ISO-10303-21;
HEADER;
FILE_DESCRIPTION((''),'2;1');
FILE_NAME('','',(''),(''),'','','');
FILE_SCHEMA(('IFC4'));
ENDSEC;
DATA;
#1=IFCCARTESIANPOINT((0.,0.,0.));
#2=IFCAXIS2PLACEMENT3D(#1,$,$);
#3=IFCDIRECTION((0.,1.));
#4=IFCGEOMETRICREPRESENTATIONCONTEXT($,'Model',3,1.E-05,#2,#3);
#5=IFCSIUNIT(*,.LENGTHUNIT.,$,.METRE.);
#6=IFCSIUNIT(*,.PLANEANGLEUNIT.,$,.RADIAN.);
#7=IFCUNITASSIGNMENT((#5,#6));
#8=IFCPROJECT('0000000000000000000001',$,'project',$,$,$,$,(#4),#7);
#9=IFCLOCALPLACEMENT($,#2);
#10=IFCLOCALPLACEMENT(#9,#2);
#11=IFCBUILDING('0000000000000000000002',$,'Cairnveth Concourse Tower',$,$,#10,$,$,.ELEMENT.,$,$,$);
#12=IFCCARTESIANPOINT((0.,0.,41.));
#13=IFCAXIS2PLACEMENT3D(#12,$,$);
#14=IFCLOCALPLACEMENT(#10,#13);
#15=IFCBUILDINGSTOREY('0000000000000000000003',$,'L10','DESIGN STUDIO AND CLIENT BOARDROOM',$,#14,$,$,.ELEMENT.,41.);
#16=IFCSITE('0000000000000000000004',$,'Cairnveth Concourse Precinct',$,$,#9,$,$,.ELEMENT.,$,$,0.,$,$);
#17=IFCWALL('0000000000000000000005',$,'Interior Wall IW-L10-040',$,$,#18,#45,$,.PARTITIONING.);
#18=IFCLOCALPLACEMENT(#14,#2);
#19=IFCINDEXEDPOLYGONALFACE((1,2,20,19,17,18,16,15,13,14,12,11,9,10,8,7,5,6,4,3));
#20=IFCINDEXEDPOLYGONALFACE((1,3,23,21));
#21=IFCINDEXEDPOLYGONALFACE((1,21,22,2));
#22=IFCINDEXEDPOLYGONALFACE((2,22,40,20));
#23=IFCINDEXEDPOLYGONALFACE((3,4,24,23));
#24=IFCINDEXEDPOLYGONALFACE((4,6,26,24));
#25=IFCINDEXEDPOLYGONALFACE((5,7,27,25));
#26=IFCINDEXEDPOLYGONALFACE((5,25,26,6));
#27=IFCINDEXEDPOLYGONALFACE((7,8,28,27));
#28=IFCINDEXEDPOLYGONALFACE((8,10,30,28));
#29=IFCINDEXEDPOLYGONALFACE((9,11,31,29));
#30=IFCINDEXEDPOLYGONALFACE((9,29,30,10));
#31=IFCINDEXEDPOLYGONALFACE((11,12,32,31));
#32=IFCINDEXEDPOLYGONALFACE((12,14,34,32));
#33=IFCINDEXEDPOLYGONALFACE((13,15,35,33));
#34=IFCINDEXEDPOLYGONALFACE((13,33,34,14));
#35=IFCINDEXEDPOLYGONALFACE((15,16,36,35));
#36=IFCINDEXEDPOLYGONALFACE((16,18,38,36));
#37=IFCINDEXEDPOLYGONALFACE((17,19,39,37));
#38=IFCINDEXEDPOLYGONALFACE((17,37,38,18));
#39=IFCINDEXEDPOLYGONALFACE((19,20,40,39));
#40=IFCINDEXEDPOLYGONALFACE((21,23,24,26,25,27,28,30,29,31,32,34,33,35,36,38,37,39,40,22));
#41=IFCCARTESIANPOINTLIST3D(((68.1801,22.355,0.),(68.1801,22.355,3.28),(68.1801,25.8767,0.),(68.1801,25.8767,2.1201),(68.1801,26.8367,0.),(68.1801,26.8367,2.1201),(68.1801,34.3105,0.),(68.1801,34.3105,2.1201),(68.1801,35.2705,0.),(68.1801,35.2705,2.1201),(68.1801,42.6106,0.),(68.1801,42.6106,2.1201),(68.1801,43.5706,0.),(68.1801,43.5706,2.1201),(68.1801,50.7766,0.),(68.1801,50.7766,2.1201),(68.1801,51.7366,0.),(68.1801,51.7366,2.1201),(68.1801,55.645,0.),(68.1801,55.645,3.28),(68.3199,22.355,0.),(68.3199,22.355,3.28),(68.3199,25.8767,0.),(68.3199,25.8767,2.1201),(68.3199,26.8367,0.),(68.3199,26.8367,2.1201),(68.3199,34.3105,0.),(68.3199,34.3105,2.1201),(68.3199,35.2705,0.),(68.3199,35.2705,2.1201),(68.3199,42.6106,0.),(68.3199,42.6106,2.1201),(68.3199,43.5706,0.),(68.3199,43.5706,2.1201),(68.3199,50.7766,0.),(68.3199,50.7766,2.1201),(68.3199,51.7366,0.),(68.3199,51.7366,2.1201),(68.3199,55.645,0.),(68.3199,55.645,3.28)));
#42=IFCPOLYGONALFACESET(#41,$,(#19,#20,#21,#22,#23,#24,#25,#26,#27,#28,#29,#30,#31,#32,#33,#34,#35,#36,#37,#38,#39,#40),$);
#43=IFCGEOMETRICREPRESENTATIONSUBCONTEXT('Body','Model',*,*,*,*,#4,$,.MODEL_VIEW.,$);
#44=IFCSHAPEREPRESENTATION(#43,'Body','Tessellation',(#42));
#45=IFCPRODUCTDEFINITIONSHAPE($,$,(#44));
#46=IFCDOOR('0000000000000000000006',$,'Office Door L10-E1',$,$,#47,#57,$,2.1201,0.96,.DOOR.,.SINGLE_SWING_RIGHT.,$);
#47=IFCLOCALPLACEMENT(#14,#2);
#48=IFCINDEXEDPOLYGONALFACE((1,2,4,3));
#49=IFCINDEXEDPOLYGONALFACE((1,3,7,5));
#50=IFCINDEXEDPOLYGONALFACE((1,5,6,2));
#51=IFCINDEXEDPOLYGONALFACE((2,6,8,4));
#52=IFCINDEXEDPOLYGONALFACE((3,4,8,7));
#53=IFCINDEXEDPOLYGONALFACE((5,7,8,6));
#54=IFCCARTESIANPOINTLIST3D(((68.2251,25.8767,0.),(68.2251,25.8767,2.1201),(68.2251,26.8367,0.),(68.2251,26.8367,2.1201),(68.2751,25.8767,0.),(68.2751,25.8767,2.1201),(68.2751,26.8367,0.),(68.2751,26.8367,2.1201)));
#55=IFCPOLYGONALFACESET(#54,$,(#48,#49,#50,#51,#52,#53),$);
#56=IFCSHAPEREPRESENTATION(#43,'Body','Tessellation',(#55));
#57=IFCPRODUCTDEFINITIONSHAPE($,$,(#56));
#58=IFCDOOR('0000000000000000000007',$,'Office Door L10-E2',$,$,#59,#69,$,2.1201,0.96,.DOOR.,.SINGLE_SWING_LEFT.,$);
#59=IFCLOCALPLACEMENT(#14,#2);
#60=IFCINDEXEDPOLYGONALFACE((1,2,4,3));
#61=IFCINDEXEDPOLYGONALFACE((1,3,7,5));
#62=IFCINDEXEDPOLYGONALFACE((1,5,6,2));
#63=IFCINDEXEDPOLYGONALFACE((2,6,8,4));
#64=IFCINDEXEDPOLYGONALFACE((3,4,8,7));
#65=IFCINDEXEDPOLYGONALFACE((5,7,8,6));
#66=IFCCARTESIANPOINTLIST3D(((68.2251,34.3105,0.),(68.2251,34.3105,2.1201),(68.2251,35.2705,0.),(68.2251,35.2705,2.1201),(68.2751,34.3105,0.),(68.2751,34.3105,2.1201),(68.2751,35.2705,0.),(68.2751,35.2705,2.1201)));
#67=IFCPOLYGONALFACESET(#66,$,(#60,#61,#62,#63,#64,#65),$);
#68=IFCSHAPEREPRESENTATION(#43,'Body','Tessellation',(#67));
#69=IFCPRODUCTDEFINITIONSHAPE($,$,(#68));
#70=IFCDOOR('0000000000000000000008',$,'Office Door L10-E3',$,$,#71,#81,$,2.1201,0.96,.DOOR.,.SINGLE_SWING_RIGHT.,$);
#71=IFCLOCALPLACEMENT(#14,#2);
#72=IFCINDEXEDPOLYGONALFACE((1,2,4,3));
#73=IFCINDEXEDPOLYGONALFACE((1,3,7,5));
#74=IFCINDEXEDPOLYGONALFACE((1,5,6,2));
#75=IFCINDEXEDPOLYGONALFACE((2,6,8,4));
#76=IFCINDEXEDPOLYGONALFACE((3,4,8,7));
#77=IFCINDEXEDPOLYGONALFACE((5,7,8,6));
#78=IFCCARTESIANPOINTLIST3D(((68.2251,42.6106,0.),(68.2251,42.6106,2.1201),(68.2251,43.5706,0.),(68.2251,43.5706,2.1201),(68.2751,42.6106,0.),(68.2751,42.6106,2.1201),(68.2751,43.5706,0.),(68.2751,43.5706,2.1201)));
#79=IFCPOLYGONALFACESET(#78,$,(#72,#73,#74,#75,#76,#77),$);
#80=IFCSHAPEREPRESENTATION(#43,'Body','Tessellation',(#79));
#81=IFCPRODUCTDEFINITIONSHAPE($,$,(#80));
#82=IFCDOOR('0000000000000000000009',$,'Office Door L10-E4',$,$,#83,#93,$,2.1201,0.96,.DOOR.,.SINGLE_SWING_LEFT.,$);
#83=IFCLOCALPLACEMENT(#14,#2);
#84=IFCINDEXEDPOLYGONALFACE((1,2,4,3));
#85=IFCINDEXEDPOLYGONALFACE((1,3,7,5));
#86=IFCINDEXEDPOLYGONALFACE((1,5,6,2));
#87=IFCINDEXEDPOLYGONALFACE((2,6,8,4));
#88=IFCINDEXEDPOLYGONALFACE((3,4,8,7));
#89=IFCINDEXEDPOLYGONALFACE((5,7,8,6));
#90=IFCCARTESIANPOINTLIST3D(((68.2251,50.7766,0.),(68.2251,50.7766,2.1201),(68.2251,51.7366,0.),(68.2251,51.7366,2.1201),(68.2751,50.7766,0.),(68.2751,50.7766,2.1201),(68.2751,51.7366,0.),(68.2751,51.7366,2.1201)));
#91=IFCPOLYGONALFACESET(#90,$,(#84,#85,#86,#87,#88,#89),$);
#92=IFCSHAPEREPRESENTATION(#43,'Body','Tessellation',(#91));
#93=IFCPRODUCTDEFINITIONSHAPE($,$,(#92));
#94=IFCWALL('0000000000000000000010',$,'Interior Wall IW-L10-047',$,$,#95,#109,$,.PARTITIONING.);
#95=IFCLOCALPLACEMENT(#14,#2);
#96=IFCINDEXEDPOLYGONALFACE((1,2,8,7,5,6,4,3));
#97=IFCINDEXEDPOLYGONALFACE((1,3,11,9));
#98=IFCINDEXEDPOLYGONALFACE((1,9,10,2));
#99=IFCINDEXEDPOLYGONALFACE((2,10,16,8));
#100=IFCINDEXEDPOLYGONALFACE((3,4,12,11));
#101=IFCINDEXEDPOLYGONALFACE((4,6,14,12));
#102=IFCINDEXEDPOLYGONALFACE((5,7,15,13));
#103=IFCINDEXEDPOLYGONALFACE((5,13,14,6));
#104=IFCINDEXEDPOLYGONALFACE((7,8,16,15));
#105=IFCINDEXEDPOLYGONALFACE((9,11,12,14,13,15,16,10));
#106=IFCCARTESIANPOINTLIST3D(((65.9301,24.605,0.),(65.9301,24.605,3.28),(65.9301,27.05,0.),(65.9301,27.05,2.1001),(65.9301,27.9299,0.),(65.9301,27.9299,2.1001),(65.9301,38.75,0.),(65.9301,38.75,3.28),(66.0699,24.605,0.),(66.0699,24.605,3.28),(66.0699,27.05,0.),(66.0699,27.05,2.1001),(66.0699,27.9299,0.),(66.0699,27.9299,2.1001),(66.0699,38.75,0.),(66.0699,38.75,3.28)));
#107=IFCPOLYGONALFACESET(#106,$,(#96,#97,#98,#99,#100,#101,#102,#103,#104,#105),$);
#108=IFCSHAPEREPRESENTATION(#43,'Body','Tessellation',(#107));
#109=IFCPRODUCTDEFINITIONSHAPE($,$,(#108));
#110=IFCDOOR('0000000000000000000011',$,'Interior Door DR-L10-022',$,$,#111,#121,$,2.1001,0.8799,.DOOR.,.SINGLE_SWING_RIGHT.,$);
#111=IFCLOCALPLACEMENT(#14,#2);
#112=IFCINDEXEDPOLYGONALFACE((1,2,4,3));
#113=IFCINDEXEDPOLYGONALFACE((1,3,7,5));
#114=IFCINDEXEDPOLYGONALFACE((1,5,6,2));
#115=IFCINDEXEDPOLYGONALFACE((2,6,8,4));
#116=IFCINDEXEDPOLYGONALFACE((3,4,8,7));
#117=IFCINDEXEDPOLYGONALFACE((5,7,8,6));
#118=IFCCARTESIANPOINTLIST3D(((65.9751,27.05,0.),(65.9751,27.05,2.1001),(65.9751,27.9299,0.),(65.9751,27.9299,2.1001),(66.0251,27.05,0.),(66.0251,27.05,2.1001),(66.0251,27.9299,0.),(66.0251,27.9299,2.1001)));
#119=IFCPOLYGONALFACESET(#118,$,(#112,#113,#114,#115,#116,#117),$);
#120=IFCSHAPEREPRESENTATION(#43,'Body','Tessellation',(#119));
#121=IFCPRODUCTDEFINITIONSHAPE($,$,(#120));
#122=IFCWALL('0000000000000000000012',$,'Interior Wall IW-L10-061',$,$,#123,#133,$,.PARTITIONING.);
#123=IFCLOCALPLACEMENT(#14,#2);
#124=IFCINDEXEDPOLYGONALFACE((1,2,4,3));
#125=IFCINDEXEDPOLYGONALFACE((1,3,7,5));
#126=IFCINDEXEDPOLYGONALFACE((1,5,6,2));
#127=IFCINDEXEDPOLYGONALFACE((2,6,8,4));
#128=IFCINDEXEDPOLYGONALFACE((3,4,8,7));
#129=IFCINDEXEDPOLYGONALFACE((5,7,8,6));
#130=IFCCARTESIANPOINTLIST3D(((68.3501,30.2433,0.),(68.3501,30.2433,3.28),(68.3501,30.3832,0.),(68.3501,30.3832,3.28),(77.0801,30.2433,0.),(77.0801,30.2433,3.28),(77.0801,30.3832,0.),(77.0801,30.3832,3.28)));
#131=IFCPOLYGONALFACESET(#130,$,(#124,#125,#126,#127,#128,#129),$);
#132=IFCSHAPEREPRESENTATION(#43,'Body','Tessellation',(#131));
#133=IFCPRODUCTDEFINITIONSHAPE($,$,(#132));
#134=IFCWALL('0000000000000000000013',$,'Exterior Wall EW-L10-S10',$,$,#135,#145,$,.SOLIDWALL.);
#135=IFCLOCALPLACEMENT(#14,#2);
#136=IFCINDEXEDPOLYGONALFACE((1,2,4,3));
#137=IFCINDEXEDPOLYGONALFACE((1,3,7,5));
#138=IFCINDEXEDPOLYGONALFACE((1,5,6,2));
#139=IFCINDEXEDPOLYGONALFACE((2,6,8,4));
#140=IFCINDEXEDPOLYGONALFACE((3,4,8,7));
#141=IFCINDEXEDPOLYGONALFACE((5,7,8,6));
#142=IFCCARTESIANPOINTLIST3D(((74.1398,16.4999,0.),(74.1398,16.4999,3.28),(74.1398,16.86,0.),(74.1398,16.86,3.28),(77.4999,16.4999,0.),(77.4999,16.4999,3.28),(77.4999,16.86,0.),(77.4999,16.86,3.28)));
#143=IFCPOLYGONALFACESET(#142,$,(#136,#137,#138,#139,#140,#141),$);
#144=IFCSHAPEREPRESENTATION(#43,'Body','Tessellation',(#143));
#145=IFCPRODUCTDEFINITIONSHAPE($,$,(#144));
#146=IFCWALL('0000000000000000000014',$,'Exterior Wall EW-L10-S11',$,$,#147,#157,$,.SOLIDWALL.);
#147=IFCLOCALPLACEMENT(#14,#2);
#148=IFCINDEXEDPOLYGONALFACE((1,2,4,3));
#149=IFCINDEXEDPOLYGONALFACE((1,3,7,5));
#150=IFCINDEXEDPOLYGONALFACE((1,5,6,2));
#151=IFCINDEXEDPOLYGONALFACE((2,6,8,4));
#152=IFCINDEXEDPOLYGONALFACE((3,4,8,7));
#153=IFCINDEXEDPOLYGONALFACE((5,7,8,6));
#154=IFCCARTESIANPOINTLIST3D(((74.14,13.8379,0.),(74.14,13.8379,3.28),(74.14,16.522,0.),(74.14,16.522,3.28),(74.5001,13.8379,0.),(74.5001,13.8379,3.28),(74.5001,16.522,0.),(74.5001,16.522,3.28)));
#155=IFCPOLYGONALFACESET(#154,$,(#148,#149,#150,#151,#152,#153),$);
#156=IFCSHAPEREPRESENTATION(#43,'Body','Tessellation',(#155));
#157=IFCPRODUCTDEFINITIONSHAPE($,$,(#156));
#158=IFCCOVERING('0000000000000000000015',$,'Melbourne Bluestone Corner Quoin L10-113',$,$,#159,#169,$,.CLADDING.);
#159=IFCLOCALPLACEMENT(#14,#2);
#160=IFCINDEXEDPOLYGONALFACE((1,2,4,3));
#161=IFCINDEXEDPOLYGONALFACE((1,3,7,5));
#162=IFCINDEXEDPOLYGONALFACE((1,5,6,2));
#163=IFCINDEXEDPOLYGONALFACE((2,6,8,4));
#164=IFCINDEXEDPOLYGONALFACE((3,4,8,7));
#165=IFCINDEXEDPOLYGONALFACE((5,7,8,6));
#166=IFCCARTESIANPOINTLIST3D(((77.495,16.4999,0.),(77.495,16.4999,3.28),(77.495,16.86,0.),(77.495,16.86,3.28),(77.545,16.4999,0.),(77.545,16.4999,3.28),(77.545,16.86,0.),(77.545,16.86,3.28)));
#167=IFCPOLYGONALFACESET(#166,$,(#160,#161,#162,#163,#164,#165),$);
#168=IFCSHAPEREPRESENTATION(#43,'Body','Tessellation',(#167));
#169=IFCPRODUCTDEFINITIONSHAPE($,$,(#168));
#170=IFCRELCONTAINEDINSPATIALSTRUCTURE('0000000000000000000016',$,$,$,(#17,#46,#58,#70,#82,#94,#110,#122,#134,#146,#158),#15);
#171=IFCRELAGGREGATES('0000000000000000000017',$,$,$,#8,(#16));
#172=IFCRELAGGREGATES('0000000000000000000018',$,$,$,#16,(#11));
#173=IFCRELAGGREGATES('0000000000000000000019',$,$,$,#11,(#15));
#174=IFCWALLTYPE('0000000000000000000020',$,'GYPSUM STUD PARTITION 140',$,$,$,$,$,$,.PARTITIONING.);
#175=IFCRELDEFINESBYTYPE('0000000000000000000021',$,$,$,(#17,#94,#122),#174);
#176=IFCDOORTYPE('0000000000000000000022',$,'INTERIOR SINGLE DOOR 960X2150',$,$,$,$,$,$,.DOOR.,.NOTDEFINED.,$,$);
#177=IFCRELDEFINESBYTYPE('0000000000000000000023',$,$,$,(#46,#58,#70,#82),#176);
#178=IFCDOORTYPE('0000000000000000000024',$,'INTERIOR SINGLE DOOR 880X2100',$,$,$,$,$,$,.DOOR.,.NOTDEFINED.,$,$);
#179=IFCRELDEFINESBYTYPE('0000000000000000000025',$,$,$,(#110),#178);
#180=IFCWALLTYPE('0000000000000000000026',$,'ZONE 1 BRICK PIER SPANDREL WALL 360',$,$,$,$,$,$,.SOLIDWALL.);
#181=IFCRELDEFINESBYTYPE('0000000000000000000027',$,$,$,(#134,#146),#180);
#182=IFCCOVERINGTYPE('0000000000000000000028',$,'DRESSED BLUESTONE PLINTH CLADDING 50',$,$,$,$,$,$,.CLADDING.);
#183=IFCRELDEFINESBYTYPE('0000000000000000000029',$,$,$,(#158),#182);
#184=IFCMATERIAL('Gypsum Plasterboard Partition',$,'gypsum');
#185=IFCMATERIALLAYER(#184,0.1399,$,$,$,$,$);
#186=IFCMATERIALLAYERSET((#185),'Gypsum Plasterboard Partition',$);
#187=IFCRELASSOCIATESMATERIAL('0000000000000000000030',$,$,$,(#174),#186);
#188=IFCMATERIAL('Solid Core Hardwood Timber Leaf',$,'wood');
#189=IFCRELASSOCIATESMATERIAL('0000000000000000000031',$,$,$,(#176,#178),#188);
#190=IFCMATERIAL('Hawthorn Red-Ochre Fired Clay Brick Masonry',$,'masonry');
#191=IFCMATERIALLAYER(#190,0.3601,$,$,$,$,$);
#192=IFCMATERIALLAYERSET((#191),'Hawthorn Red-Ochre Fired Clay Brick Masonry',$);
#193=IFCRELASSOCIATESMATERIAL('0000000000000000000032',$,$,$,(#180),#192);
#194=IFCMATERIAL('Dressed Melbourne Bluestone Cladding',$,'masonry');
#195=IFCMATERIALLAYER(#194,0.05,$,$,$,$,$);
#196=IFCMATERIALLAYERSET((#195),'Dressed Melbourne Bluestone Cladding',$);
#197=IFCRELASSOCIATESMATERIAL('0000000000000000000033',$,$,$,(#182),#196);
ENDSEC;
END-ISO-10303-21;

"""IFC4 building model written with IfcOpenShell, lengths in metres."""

from ifc_helpers import new_model, si_unit, direction, frame, frame_2d, origin, place, context, subcontext, project, spatial, rectangle, extrude, material, layer, layer_set, type_object, element, fill, save


model = new_model("IFC4")

# Units and contexts
model_context = context("Model", 3, precision=1e-05, world=origin(), true_north=direction((0.0, 1.0)))
body_context = subcontext(model_context, "Body", "Model", "MODEL_VIEW")
ifc_project = project(units=[si_unit("LENGTHUNIT", "METRE"), si_unit("PLANEANGLEUNIT", "RADIAN")], contexts=[model_context])

# Site, building, storey
site_placement = place(None, origin())
site = spatial("IfcSite", under=ifc_project, at=site_placement, Name="Cairnveth Concourse Precinct", CompositionType="ELEMENT", RefElevation=0.0)
building_placement = place(site_placement, origin())
building = spatial("IfcBuilding", under=site, at=building_placement, Name="Cairnveth Concourse Tower", CompositionType="ELEMENT")
storey_placement = place(building_placement, frame((0.0, 0.0, 41.0)))
storey = spatial("IfcBuildingStorey", under=building, at=storey_placement, Name="L10", Description="DESIGN STUDIO AND CLIENT BOARDROOM", CompositionType="ELEMENT", Elevation=41.0)

# Wall, openings, doors
ifc_material_1 = material(Name="Gypsum Plasterboard Partition", Category="gypsum")
ifc_layer_1 = layer(ifc_material_1, 0.1399)
ifc_layer_set_1 = layer_set([ifc_layer_1], Name="Gypsum Plasterboard Partition")
wall_type_1 = type_object("IfcWallType", Name="GYPSUM STUD PARTITION 140", PredefinedType="PARTITIONING", material=ifc_layer_set_1)
wall_1_placement = place(storey_placement, frame((68.25, 22.355, 0.0), z_axis=(0.0, 0.0, 1.0), x_axis=(0.0, 1.0, 0.0)))
wall_1 = element("IfcWall", 1, at=wall_1_placement, inside=storey, type_object=wall_type_1, Name="Interior Wall IW-L10-040", PredefinedType="PARTITIONING", context=body_context, shape_type="SweptSolid", body=[
    extrude(rectangle(XDim=33.29, YDim=0.1399, at=frame_2d((16.645, 0.0))), origin(), (0.0, 0.0, 1.0), 3.28),
])
opening_1_placement = place(wall_1_placement, frame((3.5217, 0.0, 0.0)))
opening_1 = element("IfcOpeningElement", 2, at=opening_1_placement, cuts=wall_1, PredefinedType="OPENING", context=body_context, shape_type="SweptSolid", body=[
    extrude(rectangle(XDim=0.96, YDim=2.1201, at=frame_2d((0.48, 1.0601))), frame((0.0, 0.0798, 0.0), z_axis=(0.0, -1.0, 0.0), x_axis=(1.0, 0.0, 0.0)), (0.0, 0.0, 1.0), 0.1599),
])
opening_2_placement = place(wall_1_placement, frame((11.9556, 0.0, 0.0)))
opening_2 = element("IfcOpeningElement", 3, at=opening_2_placement, cuts=wall_1, PredefinedType="OPENING", context=body_context, shape_type="SweptSolid", body=[
    extrude(rectangle(XDim=0.96, YDim=2.1201, at=frame_2d((0.48, 1.0601))), frame((0.0, 0.0798, 0.0), z_axis=(0.0, -1.0, 0.0), x_axis=(1.0, 0.0, 0.0)), (0.0, 0.0, 1.0), 0.1599),
])
opening_3_placement = place(wall_1_placement, frame((20.2556, 0.0, 0.0)))
opening_3 = element("IfcOpeningElement", 4, at=opening_3_placement, cuts=wall_1, PredefinedType="OPENING", context=body_context, shape_type="SweptSolid", body=[
    extrude(rectangle(XDim=0.96, YDim=2.1201, at=frame_2d((0.48, 1.0601))), frame((0.0, 0.0798, 0.0), z_axis=(0.0, -1.0, 0.0), x_axis=(1.0, 0.0, 0.0)), (0.0, 0.0, 1.0), 0.1599),
])
opening_4_placement = place(wall_1_placement, frame((28.4216, 0.0, 0.0)))
opening_4 = element("IfcOpeningElement", 5, at=opening_4_placement, cuts=wall_1, PredefinedType="OPENING", context=body_context, shape_type="SweptSolid", body=[
    extrude(rectangle(XDim=0.96, YDim=2.1201, at=frame_2d((0.48, 1.0601))), frame((0.0, 0.0798, 0.0), z_axis=(0.0, -1.0, 0.0), x_axis=(1.0, 0.0, 0.0)), (0.0, 0.0, 1.0), 0.1599),
])
ifc_material_2 = material(Name="Solid Core Hardwood Timber Leaf", Category="wood")
door_type_1 = type_object("IfcDoorType", Name="INTERIOR SINGLE DOOR 960X2150", OperationType="NOTDEFINED", PredefinedType="DOOR", material=ifc_material_2)
door_1_placement = place(opening_1_placement, origin())
door_1 = element("IfcDoor", 6, at=door_1_placement, inside=storey, type_object=door_type_1, Name="Office Door L10-E1", OperationType="SINGLE_SWING_RIGHT", OverallHeight=2.1201, OverallWidth=0.96, PredefinedType="DOOR", context=body_context, shape_type="SweptSolid", body=[
    extrude(rectangle(XDim=0.96, YDim=2.1201, at=frame_2d((0.48, 1.0601))), frame((0.0, 0.0249, 0.0), z_axis=(0.0, -1.0, 0.0), x_axis=(1.0, 0.0, 0.0)), (0.0, 0.0, 1.0), 0.05),
])
fill(opening_1, door_1)
door_2_placement = place(opening_2_placement, origin())
door_2 = element("IfcDoor", 7, at=door_2_placement, inside=storey, type_object=door_type_1, Name="Office Door L10-E2", OperationType="SINGLE_SWING_LEFT", OverallHeight=2.1201, OverallWidth=0.96, PredefinedType="DOOR", context=body_context, shape_type="SweptSolid", body=[
    extrude(rectangle(XDim=0.96, YDim=2.1201, at=frame_2d((0.48, 1.0601))), frame((0.0, 0.0249, 0.0), z_axis=(0.0, -1.0, 0.0), x_axis=(1.0, 0.0, 0.0)), (0.0, 0.0, 1.0), 0.05),
])
fill(opening_2, door_2)
door_3_placement = place(opening_3_placement, origin())
door_3 = element("IfcDoor", 8, at=door_3_placement, inside=storey, type_object=door_type_1, Name="Office Door L10-E3", OperationType="SINGLE_SWING_RIGHT", OverallHeight=2.1201, OverallWidth=0.96, PredefinedType="DOOR", context=body_context, shape_type="SweptSolid", body=[
    extrude(rectangle(XDim=0.96, YDim=2.1201, at=frame_2d((0.48, 1.0601))), frame((0.0, 0.0249, 0.0), z_axis=(0.0, -1.0, 0.0), x_axis=(1.0, 0.0, 0.0)), (0.0, 0.0, 1.0), 0.05),
])
fill(opening_3, door_3)
door_4_placement = place(opening_4_placement, origin())
door_4 = element("IfcDoor", 9, at=door_4_placement, inside=storey, type_object=door_type_1, Name="Office Door L10-E4", OperationType="SINGLE_SWING_LEFT", OverallHeight=2.1201, OverallWidth=0.96, PredefinedType="DOOR", context=body_context, shape_type="SweptSolid", body=[
    extrude(rectangle(XDim=0.96, YDim=2.1201, at=frame_2d((0.48, 1.0601))), frame((0.0, 0.0249, 0.0), z_axis=(0.0, -1.0, 0.0), x_axis=(1.0, 0.0, 0.0)), (0.0, 0.0, 1.0), 0.05),
])
fill(opening_4, door_4)

# Wall, opening, door
wall_2_placement = place(storey_placement, frame((66.0, 24.605, 0.0), z_axis=(0.0, 0.0, 1.0), x_axis=(0.0, 1.0, 0.0)))
wall_2 = element("IfcWall", 10, at=wall_2_placement, inside=storey, type_object=wall_type_1, Name="Interior Wall IW-L10-047", PredefinedType="PARTITIONING", context=body_context, shape_type="SweptSolid", body=[
    extrude(rectangle(XDim=14.145, YDim=0.1399, at=frame_2d((7.0725, 0.0))), origin(), (0.0, 0.0, 1.0), 3.28),
])
opening_5_placement = place(wall_2_placement, frame((2.4451, 0.0, 0.0)))
opening_5 = element("IfcOpeningElement", 11, at=opening_5_placement, cuts=wall_2, PredefinedType="OPENING", context=body_context, shape_type="SweptSolid", body=[
    extrude(rectangle(XDim=0.8799, YDim=2.1001, at=frame_2d((0.4399, 1.05))), frame((0.0, 0.0798, 0.0), z_axis=(0.0, -1.0, 0.0), x_axis=(1.0, 0.0, 0.0)), (0.0, 0.0, 1.0), 0.1599),
])
door_type_2 = type_object("IfcDoorType", Name="INTERIOR SINGLE DOOR 880X2100", OperationType="NOTDEFINED", PredefinedType="DOOR", material=ifc_material_2)
door_5_placement = place(opening_5_placement, origin())
door_5 = element("IfcDoor", 12, at=door_5_placement, inside=storey, type_object=door_type_2, Name="Interior Door DR-L10-022", OperationType="SINGLE_SWING_RIGHT", OverallHeight=2.1001, OverallWidth=0.8799, PredefinedType="DOOR", context=body_context, shape_type="SweptSolid", body=[
    extrude(rectangle(XDim=0.8799, YDim=2.1001, at=frame_2d((0.4399, 1.05))), frame((0.0, 0.0249, 0.0), z_axis=(0.0, -1.0, 0.0), x_axis=(1.0, 0.0, 0.0)), (0.0, 0.0, 1.0), 0.05),
])
fill(opening_5, door_5)

# Walls
wall_3_placement = place(storey_placement, frame((68.3501, 30.3132, 0.0), z_axis=(0.0, 0.0, 1.0), x_axis=(1.0, 0.0, 0.0)))
element("IfcWall", 13, at=wall_3_placement, inside=storey, type_object=wall_type_1, Name="Interior Wall IW-L10-061", PredefinedType="PARTITIONING", context=body_context, shape_type="SweptSolid", body=[
    extrude(rectangle(XDim=8.73, YDim=0.1399, at=frame_2d((4.365, 0.0))), origin(), (0.0, 0.0, 1.0), 3.28),
])
ifc_material_3 = material(Name="Hawthorn Red-Ochre Fired Clay Brick Masonry", Category="masonry")
ifc_layer_2 = layer(ifc_material_3, 0.3601)
ifc_layer_set_2 = layer_set([ifc_layer_2], Name="Hawthorn Red-Ochre Fired Clay Brick Masonry")
wall_type_2 = type_object("IfcWallType", Name="ZONE 1 BRICK PIER SPANDREL WALL 360", PredefinedType="SOLIDWALL", material=ifc_layer_set_2)
wall_4_placement = place(storey_placement, frame((77.5, 16.6799, 0.0), z_axis=(0.0, 0.0, 1.0), x_axis=(-1.0, 0.0, 0.0)))
element("IfcWall", 14, at=wall_4_placement, inside=storey, type_object=wall_type_2, Name="Exterior Wall EW-L10-S10", PredefinedType="SOLIDWALL", context=body_context, shape_type="SweptSolid", body=[
    extrude(rectangle(XDim=3.3601, YDim=0.3601, at=frame_2d((1.6802, 0.0))), origin(), (0.0, 0.0, 1.0), 3.28),
])
wall_5_placement = place(storey_placement, frame((74.3201, 16.522, 0.0), z_axis=(0.0, 0.0, 1.0), x_axis=(0.0, -1.0, 0.0)))
element("IfcWall", 15, at=wall_5_placement, inside=storey, type_object=wall_type_2, Name="Exterior Wall EW-L10-S11", PredefinedType="SOLIDWALL", context=body_context, shape_type="SweptSolid", body=[
    extrude(rectangle(XDim=2.6841, YDim=0.3601, at=frame_2d((1.342, 0.0))), origin(), (0.0, 0.0, 1.0), 3.28),
])

# Covering
ifc_material_4 = material(Name="Dressed Melbourne Bluestone Cladding", Category="masonry")
ifc_layer_3 = layer(ifc_material_4, 0.05)
ifc_layer_set_3 = layer_set([ifc_layer_3], Name="Dressed Melbourne Bluestone Cladding")
covering_type = type_object("IfcCoveringType", Name="DRESSED BLUESTONE PLINTH CLADDING 50", PredefinedType="CLADDING", material=ifc_layer_set_3)
for number, where, z_axis, x_axis, name in (
    (16, (77.52, 16.8601, 0.0), (0.0, 0.0, 1.0), (0.0, -1.0, 0.0), "Melbourne Bluestone Corner Quoin L10-113"),
):
    element("IfcCovering", number, at=place(storey_placement, frame(where, z_axis=z_axis, x_axis=x_axis)), inside=storey, type_object=covering_type, Name=name, PredefinedType="CLADDING", context=body_context, shape_type="SweptSolid", body=[
        extrude(rectangle(XDim=0.3601, YDim=0.05, at=frame_2d((0.1802, 0.0))), origin(), (0.0, 0.0, 1.0), 3.28),
    ])

save(model, "model.ifc")
